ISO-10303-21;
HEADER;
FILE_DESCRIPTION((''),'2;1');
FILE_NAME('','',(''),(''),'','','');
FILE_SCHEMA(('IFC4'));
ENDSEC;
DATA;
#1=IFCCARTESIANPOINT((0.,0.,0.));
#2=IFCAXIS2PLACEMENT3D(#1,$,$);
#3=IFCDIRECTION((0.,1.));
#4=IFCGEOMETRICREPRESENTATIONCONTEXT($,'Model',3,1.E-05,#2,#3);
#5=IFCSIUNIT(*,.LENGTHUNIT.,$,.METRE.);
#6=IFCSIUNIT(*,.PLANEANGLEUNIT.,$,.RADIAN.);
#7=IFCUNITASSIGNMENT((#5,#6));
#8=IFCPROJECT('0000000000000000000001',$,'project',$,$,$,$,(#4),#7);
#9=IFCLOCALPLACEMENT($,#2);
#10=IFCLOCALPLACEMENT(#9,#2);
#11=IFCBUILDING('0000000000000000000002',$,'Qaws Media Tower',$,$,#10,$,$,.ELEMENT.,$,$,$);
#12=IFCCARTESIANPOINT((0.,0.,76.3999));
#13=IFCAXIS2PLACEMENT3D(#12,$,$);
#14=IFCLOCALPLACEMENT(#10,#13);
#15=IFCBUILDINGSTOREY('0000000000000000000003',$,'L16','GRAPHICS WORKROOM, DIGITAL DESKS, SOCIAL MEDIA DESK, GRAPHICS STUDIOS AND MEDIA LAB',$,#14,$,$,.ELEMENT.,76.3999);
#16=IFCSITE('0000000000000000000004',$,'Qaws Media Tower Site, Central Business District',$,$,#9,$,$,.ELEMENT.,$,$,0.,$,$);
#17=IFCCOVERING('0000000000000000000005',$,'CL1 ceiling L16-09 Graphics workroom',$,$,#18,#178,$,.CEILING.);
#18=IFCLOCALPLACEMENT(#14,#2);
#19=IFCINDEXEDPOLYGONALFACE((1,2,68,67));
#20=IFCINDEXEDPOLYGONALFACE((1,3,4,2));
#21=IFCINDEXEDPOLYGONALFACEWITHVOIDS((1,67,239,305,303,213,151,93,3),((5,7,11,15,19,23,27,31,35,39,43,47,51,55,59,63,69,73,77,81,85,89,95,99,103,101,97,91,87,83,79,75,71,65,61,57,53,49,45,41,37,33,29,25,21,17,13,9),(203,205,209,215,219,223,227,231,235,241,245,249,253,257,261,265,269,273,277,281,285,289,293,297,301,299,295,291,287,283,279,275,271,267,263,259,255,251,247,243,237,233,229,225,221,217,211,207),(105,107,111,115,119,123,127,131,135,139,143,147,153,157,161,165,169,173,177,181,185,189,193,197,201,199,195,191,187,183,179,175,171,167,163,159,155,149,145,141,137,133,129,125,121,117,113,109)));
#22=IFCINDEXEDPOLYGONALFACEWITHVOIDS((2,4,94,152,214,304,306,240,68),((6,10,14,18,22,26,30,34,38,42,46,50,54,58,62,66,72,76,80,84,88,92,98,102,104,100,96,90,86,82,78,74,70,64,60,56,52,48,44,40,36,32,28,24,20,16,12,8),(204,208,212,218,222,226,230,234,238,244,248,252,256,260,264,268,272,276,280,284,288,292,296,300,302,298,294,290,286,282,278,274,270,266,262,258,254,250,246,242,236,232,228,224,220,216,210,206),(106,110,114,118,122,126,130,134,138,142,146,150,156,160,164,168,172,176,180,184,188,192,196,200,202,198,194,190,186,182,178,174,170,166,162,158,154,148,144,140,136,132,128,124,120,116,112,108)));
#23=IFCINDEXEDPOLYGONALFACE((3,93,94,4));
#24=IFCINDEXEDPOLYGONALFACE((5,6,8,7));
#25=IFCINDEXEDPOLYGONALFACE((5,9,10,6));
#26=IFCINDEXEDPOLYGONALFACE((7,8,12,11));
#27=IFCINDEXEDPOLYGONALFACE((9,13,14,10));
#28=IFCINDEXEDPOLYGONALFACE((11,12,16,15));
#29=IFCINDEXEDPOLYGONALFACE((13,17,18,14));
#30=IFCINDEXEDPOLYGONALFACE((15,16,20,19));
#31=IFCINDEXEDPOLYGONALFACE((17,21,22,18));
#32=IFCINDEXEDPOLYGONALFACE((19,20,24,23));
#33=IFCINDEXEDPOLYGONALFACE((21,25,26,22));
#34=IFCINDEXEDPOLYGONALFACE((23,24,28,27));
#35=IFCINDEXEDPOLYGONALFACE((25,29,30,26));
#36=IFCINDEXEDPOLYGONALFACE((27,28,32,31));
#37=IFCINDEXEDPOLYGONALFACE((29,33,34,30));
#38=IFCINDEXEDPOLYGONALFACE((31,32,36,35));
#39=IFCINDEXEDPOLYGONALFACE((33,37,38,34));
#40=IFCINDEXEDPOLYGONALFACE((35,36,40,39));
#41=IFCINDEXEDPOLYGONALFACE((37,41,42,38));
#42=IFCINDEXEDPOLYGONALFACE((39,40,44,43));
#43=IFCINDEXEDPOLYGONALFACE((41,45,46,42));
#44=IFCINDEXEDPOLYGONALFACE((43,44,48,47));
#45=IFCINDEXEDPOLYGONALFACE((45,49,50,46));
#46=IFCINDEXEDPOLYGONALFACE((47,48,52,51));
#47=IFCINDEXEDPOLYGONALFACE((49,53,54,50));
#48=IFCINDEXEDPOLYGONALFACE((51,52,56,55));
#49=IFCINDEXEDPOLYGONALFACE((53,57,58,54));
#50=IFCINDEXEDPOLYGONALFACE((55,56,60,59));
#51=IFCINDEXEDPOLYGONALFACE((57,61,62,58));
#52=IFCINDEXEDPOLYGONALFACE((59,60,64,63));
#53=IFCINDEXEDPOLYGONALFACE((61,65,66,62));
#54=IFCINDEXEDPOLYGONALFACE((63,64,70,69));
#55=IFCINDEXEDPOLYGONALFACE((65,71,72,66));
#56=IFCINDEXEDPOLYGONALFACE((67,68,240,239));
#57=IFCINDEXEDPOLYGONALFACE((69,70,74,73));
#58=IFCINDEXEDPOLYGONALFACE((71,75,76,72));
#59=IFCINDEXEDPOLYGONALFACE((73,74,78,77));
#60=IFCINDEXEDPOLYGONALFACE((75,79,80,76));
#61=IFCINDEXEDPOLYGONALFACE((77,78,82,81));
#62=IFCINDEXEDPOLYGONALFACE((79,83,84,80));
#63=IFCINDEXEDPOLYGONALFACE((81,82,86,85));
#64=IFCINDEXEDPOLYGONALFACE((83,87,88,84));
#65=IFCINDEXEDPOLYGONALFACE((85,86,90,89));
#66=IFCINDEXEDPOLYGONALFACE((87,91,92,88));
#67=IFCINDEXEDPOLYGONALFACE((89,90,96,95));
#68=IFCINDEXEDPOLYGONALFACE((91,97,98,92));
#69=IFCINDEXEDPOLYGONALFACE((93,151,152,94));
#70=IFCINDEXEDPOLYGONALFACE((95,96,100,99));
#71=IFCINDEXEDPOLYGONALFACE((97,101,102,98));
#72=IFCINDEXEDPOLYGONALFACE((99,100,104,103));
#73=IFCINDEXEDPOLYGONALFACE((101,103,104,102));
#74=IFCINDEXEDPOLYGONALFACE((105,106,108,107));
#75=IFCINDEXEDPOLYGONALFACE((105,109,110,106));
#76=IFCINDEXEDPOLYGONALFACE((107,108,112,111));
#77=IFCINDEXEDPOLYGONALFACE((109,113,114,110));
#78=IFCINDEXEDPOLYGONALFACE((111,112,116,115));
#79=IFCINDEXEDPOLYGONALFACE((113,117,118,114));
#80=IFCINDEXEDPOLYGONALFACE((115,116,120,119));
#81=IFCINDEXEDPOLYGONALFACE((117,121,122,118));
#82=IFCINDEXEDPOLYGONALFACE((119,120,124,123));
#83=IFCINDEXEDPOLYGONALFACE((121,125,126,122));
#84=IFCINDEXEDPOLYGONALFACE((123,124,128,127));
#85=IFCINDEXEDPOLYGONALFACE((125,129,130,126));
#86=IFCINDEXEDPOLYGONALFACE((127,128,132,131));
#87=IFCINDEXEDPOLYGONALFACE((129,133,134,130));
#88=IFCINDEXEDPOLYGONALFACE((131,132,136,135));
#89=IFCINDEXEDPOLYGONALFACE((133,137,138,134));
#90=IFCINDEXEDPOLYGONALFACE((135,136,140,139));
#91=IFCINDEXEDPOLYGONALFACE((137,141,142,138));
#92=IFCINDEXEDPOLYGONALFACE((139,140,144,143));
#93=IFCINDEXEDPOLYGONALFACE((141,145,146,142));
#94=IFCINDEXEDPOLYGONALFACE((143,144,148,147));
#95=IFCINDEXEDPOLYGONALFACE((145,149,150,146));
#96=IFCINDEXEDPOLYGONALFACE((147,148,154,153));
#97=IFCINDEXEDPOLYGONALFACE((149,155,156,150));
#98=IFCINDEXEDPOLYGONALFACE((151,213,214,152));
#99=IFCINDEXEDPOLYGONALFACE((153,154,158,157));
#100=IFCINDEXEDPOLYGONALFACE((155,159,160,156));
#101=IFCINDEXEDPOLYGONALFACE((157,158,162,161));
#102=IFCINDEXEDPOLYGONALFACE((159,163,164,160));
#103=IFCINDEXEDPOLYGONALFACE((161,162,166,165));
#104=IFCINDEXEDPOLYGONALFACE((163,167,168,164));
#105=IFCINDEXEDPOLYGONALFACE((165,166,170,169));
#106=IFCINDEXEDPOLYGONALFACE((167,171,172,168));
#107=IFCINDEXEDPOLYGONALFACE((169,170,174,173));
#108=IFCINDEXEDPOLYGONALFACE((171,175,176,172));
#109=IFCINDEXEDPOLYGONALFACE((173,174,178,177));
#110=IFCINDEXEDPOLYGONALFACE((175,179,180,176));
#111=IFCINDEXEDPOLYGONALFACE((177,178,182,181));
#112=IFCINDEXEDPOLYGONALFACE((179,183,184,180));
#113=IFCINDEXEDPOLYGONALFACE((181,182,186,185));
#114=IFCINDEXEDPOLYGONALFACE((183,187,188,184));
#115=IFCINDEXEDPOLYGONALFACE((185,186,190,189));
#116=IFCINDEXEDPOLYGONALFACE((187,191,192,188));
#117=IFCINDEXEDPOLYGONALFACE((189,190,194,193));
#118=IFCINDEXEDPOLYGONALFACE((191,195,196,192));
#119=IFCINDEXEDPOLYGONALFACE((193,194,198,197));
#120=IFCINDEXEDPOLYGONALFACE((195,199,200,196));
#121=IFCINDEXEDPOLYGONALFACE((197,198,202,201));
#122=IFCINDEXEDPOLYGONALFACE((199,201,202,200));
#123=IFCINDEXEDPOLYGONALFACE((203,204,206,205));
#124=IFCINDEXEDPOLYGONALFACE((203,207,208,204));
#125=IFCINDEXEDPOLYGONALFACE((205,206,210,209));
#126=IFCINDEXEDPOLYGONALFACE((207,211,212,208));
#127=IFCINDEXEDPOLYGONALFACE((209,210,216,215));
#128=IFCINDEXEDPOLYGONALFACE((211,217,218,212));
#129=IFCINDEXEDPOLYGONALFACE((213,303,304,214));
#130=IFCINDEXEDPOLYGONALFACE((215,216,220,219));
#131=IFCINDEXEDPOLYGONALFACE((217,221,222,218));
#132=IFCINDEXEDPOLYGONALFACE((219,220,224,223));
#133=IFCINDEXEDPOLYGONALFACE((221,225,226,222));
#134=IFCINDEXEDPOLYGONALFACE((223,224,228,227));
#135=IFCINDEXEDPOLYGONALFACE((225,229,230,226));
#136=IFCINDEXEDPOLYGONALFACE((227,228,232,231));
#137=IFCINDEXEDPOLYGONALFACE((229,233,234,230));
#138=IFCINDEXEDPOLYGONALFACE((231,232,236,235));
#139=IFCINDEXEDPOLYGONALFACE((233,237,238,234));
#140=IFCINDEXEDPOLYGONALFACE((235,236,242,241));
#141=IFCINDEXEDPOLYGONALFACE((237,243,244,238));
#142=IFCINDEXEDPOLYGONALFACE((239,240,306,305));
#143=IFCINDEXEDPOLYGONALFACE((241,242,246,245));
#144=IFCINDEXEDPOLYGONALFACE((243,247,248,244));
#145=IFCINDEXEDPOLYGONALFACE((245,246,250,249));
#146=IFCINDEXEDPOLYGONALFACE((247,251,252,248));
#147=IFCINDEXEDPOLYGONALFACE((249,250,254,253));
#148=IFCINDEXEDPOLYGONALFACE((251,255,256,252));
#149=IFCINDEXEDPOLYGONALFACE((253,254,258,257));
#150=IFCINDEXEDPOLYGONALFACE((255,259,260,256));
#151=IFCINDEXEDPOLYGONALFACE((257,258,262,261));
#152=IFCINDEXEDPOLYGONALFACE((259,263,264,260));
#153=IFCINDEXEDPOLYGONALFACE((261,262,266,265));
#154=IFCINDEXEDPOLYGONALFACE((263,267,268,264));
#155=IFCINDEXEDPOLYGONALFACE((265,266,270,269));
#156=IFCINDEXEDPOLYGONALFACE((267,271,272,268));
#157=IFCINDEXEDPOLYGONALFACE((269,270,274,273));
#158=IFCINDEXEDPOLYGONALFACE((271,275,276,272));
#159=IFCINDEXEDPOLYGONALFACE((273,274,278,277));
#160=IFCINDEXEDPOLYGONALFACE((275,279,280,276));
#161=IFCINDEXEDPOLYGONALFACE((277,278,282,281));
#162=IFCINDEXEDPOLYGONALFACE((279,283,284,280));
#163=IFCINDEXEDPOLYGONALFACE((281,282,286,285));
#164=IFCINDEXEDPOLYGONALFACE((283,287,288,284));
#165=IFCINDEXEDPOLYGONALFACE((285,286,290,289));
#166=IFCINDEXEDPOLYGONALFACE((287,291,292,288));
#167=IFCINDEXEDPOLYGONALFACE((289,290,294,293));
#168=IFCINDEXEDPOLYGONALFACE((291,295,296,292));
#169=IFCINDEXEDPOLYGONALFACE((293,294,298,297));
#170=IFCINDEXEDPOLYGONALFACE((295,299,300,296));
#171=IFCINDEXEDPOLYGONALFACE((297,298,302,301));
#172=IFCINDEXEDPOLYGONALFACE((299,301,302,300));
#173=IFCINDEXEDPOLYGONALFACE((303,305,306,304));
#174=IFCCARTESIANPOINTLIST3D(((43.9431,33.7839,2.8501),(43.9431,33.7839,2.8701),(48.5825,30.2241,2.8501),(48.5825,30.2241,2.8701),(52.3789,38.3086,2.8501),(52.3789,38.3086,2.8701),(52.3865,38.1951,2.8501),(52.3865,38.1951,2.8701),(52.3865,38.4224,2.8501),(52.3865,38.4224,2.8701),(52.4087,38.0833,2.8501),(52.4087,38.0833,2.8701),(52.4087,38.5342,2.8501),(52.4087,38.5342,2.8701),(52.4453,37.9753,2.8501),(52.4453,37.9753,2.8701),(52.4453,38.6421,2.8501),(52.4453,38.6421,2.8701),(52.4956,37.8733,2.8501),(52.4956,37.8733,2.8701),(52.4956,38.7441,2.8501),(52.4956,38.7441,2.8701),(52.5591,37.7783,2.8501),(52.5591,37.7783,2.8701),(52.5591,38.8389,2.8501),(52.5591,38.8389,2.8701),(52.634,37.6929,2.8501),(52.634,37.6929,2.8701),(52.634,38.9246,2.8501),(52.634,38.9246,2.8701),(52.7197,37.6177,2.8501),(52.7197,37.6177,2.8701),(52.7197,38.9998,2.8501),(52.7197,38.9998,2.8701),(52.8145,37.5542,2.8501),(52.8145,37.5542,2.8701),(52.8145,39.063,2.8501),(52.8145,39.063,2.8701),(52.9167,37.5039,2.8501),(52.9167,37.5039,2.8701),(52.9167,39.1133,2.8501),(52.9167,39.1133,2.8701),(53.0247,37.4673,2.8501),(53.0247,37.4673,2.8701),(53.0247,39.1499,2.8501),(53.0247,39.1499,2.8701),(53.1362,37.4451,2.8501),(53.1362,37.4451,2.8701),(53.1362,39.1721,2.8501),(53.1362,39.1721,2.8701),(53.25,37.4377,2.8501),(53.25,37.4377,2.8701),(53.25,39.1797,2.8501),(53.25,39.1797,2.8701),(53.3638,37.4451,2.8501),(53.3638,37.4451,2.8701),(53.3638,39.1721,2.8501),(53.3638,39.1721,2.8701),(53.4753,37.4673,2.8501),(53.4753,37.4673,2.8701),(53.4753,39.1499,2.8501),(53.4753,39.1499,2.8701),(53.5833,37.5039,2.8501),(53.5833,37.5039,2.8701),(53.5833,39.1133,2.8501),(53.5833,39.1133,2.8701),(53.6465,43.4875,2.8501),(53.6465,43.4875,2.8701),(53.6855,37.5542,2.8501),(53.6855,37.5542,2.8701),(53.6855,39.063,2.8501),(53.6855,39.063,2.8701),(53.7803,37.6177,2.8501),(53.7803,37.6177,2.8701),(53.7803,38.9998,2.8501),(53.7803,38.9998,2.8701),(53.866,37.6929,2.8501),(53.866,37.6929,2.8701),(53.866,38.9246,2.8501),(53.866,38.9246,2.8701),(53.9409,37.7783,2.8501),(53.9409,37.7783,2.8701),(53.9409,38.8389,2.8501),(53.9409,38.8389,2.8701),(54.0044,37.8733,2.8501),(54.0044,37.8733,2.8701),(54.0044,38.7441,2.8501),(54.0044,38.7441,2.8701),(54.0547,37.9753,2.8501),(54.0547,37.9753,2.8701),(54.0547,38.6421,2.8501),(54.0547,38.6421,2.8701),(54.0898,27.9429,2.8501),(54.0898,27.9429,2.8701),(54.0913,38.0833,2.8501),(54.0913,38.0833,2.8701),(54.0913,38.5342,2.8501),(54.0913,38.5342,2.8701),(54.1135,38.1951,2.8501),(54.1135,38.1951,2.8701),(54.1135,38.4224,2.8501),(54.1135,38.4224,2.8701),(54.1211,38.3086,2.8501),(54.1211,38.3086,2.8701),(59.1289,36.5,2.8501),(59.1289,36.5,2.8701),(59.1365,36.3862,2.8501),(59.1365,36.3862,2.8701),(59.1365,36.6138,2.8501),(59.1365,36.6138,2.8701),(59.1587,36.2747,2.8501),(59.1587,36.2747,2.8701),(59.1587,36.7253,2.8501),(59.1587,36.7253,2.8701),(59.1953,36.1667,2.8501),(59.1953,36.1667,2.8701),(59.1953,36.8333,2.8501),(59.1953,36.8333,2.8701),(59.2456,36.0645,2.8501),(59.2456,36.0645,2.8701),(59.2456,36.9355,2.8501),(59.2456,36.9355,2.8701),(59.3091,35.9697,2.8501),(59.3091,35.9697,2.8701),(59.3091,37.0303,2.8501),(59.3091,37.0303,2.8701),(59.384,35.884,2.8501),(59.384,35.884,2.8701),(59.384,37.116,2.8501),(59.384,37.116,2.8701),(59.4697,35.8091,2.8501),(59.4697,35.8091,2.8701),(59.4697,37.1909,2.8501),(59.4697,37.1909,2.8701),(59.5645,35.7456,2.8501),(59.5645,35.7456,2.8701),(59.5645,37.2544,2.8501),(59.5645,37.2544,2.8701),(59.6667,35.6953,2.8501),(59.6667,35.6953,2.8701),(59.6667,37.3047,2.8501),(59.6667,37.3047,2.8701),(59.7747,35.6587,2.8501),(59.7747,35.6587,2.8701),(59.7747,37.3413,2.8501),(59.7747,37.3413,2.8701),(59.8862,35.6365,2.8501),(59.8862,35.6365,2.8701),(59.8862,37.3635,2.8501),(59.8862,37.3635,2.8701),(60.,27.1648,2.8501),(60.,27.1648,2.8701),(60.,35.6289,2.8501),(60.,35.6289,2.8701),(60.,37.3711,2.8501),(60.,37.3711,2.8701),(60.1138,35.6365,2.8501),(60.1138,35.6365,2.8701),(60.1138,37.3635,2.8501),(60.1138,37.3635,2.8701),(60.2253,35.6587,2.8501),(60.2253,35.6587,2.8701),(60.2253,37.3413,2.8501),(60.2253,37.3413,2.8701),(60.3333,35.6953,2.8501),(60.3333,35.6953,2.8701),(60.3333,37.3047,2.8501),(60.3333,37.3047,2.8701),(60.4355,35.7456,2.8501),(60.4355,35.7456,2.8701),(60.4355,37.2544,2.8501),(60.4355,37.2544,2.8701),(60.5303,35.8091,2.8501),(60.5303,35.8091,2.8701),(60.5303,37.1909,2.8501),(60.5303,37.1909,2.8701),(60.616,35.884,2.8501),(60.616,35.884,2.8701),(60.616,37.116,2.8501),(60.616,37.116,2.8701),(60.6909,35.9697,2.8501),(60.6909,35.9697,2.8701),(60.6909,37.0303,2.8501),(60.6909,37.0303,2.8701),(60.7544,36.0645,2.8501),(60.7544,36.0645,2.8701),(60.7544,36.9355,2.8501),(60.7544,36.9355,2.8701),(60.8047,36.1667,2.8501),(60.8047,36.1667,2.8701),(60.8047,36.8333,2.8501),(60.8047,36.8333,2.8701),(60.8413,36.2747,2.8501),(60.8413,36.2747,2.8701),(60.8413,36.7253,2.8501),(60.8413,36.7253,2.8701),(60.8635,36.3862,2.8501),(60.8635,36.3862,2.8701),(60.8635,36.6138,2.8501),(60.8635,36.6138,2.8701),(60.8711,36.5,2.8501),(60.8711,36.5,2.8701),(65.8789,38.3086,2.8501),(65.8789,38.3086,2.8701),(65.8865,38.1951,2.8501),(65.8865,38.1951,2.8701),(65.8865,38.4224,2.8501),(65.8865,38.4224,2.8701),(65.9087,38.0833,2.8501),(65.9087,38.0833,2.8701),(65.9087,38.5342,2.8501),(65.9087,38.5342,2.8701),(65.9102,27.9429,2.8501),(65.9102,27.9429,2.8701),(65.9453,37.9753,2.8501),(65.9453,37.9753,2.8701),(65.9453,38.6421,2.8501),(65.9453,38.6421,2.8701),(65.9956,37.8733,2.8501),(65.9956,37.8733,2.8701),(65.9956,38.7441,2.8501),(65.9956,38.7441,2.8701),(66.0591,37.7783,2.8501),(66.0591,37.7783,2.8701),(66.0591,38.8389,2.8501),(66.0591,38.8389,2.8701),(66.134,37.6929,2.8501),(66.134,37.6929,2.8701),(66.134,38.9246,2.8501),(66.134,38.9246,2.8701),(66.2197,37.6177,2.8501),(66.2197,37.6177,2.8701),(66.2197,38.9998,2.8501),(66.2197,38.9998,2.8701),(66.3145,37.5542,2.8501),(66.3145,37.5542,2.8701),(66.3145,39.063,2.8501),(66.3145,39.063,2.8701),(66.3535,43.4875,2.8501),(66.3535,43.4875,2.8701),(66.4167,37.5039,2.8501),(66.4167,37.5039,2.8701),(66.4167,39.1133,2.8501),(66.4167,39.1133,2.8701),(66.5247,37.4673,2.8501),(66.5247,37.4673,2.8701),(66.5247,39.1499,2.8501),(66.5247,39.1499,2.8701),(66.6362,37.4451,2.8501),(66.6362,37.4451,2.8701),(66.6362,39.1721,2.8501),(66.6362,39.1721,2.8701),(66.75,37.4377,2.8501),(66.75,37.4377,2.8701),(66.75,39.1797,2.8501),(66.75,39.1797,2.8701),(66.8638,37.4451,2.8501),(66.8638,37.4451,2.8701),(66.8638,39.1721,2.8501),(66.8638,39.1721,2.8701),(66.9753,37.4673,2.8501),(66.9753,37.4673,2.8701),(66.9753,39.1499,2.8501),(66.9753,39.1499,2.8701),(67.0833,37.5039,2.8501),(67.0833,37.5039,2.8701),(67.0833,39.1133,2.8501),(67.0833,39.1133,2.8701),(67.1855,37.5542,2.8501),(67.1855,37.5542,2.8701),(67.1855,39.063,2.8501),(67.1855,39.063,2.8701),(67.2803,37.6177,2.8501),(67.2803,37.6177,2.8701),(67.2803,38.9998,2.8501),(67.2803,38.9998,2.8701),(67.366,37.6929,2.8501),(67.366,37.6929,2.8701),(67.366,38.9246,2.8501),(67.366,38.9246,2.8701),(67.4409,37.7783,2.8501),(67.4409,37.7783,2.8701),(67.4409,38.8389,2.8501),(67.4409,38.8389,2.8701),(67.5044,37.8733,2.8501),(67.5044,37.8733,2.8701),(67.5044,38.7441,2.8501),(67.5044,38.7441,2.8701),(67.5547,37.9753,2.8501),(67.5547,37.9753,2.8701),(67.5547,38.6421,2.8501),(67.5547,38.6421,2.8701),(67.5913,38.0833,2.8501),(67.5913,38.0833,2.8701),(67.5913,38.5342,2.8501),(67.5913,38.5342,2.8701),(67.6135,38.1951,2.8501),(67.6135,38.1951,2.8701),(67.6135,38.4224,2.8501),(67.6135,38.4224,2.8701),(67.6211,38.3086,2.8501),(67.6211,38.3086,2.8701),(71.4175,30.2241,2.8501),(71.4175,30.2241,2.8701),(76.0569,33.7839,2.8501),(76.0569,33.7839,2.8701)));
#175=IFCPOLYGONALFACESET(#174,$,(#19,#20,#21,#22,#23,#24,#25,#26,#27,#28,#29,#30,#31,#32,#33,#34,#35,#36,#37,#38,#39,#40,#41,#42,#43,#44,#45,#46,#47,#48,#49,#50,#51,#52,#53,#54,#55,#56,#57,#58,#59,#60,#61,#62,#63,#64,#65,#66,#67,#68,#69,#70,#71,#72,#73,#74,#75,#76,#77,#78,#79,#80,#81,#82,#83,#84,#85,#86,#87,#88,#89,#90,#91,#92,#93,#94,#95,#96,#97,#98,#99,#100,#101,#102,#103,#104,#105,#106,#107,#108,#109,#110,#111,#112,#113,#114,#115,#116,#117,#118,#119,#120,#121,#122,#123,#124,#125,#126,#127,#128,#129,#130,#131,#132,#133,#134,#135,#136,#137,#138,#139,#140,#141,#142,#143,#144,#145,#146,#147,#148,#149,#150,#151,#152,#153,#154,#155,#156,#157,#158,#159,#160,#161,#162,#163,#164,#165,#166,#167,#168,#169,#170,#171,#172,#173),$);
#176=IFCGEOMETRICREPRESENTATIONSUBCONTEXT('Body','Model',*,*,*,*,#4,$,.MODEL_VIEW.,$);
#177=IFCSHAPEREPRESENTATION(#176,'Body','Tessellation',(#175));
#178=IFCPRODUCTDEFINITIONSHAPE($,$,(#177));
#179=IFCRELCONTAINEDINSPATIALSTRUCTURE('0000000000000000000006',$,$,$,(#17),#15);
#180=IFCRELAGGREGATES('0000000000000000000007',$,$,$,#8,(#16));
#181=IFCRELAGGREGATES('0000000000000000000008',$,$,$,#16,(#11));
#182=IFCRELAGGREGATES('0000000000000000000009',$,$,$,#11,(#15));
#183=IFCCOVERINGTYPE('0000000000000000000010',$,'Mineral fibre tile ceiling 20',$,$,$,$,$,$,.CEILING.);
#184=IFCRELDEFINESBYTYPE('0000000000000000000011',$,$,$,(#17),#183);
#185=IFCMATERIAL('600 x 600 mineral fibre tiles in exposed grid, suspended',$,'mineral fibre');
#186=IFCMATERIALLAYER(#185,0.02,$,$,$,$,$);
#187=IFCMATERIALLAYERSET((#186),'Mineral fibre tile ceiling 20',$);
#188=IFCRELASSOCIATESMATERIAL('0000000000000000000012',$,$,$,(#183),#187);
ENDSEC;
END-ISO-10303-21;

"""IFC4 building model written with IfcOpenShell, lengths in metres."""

from ifc_helpers import new_model, si_unit, direction, frame, origin, place, context, subcontext, project, spatial, polyline, outline, extrude, material, layer, layer_set, type_object, element, save


model = new_model("IFC4")

# Units and contexts
model_context = context("Model", 3, precision=1e-05, world=origin(), true_north=direction((0.0, 1.0)))
body_context = subcontext(model_context, "Body", "Model", "MODEL_VIEW")
ifc_project = project(units=[si_unit("LENGTHUNIT", "METRE"), si_unit("PLANEANGLEUNIT", "RADIAN")], contexts=[model_context])

# Site, building, storey
site_placement = place(None, origin())
site = spatial("IfcSite", under=ifc_project, at=site_placement, Name="Qaws Media Tower Site, Central Business District", CompositionType="ELEMENT", RefElevation=0.0)
building_placement = place(site_placement, origin())
building = spatial("IfcBuilding", under=site, at=building_placement, Name="Qaws Media Tower", CompositionType="ELEMENT")
storey_placement = place(building_placement, frame((0.0, 0.0, 76.3999)))
storey = spatial("IfcBuildingStorey", under=building, at=storey_placement, Name="L16", Description="GRAPHICS WORKROOM, DIGITAL DESKS, SOCIAL MEDIA DESK, GRAPHICS STUDIOS AND MEDIA LAB", CompositionType="ELEMENT", Elevation=76.3999)

# Covering
ifc_material_1 = material(Name="600 x 600 mineral fibre tiles in exposed grid, suspended", Category="mineral fibre")
ifc_layer_1 = layer(ifc_material_1, 0.02)
ifc_layer_set_1 = layer_set([ifc_layer_1], Name="Mineral fibre tile ceiling 20")
covering_type_1 = type_object("IfcCoveringType", Name="Mineral fibre tile ceiling 20", PredefinedType="CEILING", material=ifc_layer_set_1)
covering_1_placement = place(storey_placement, frame((0.0, 0.0, 2.8501)))
element("IfcCovering", 1, at=covering_1_placement, inside=storey, type_object=covering_type_1, Name="CL1 ceiling L16-09 Graphics workroom", PredefinedType="CEILING", context=body_context, shape_type="SweptSolid", body=[
    extrude(outline(polyline([(76.0569, 33.7839), (71.4175, 30.2241), (65.9102, 27.9429), (60.0, 27.1648), (54.0898, 27.9429), (48.5825, 30.2241), (43.9431, 33.7839), (53.6465, 43.4875), (66.3535, 43.4875), (76.0569, 33.7839)]), holes=[polyline([(54.0913, 38.0833), (54.1135, 38.1951), (54.1211, 38.3086), (54.1135, 38.4224), (54.0913, 38.5342), (54.0547, 38.6421), (54.0044, 38.7441), (53.9409, 38.8389), (53.866, 38.9246), (53.7803, 38.9998), (53.6855, 39.063), (53.5833, 39.1133), (53.4753, 39.1499), (53.3638, 39.1721), (53.25, 39.1797), (53.1362, 39.1721), (53.0247, 39.1499), (52.9167, 39.1133), (52.8145, 39.063), (52.7197, 38.9998), (52.634, 38.9246), (52.5591, 38.8389), (52.4956, 38.7441), (52.4453, 38.6421), (52.4087, 38.5342), (52.3865, 38.4224), (52.3789, 38.3086), (52.3865, 38.1951), (52.4087, 38.0833), (52.4453, 37.9753), (52.4956, 37.8733), (52.5591, 37.7783), (52.634, 37.6929), (52.7197, 37.6177), (52.8145, 37.5542), (52.9167, 37.5039), (53.0247, 37.4673), (53.1362, 37.4451), (53.25, 37.4377), (53.3638, 37.4451), (53.4753, 37.4673), (53.5833, 37.5039), (53.6855, 37.5542), (53.7803, 37.6177), (53.866, 37.6929), (53.9409, 37.7783), (54.0044, 37.8733), (54.0547, 37.9753), (54.0913, 38.0833)]), polyline([(60.8413, 36.2747), (60.8635, 36.3862), (60.8711, 36.5), (60.8635, 36.6138), (60.8413, 36.7253), (60.8047, 36.8333), (60.7544, 36.9355), (60.6909, 37.0303), (60.616, 37.116), (60.5303, 37.1909), (60.4355, 37.2544), (60.3333, 37.3047), (60.2253, 37.3413), (60.1138, 37.3635), (60.0, 37.3711), (59.8862, 37.3635), (59.7747, 37.3413), (59.6667, 37.3047), (59.5645, 37.2544), (59.4697, 37.1909), (59.384, 37.116), (59.3091, 37.0303), (59.2456, 36.9355), (59.1953, 36.8333), (59.1587, 36.7253), (59.1365, 36.6138), (59.1289, 36.5), (59.1365, 36.3862), (59.1587, 36.2747), (59.1953, 36.1667), (59.2456, 36.0645), (59.3091, 35.9697), (59.384, 35.884), (59.4697, 35.8091), (59.5645, 35.7456), (59.6667, 35.6953), (59.7747, 35.6587), (59.8862, 35.6365), (60.0, 35.6289), (60.1138, 35.6365), (60.2253, 35.6587), (60.3333, 35.6953), (60.4355, 35.7456), (60.5303, 35.8091), (60.616, 35.884), (60.6909, 35.9697), (60.7544, 36.0645), (60.8047, 36.1667), (60.8413, 36.2747)]), polyline([(67.5547, 37.9753), (67.5913, 38.0833), (67.6135, 38.1951), (67.6211, 38.3086), (67.6135, 38.4224), (67.5913, 38.5342), (67.5547, 38.6421), (67.5044, 38.7441), (67.4409, 38.8389), (67.366, 38.9246), (67.2803, 38.9998), (67.1855, 39.063), (67.0833, 39.1133), (66.9753, 39.1499), (66.8638, 39.1721), (66.75, 39.1797), (66.6362, 39.1721), (66.5247, 39.1499), (66.4167, 39.1133), (66.3145, 39.063), (66.2197, 38.9998), (66.134, 38.9246), (66.0591, 38.8389), (65.9956, 38.7441), (65.9453, 38.6421), (65.9087, 38.5342), (65.8865, 38.4224), (65.8789, 38.3086), (65.8865, 38.1951), (65.9087, 38.0833), (65.9453, 37.9753), (65.9956, 37.8733), (66.0591, 37.7783), (66.134, 37.6929), (66.2197, 37.6177), (66.3145, 37.5542), (66.4167, 37.5039), (66.5247, 37.4673), (66.6362, 37.4451), (66.75, 37.4377), (66.8638, 37.4451), (66.9753, 37.4673), (67.0833, 37.5039), (67.1855, 37.5542), (67.2803, 37.6177), (67.366, 37.6929), (67.4409, 37.7783), (67.5044, 37.8733), (67.5547, 37.9753)])]), origin(), (0.0, 0.0, 1.0), 0.02),
])

save(model, "model.ifc")
